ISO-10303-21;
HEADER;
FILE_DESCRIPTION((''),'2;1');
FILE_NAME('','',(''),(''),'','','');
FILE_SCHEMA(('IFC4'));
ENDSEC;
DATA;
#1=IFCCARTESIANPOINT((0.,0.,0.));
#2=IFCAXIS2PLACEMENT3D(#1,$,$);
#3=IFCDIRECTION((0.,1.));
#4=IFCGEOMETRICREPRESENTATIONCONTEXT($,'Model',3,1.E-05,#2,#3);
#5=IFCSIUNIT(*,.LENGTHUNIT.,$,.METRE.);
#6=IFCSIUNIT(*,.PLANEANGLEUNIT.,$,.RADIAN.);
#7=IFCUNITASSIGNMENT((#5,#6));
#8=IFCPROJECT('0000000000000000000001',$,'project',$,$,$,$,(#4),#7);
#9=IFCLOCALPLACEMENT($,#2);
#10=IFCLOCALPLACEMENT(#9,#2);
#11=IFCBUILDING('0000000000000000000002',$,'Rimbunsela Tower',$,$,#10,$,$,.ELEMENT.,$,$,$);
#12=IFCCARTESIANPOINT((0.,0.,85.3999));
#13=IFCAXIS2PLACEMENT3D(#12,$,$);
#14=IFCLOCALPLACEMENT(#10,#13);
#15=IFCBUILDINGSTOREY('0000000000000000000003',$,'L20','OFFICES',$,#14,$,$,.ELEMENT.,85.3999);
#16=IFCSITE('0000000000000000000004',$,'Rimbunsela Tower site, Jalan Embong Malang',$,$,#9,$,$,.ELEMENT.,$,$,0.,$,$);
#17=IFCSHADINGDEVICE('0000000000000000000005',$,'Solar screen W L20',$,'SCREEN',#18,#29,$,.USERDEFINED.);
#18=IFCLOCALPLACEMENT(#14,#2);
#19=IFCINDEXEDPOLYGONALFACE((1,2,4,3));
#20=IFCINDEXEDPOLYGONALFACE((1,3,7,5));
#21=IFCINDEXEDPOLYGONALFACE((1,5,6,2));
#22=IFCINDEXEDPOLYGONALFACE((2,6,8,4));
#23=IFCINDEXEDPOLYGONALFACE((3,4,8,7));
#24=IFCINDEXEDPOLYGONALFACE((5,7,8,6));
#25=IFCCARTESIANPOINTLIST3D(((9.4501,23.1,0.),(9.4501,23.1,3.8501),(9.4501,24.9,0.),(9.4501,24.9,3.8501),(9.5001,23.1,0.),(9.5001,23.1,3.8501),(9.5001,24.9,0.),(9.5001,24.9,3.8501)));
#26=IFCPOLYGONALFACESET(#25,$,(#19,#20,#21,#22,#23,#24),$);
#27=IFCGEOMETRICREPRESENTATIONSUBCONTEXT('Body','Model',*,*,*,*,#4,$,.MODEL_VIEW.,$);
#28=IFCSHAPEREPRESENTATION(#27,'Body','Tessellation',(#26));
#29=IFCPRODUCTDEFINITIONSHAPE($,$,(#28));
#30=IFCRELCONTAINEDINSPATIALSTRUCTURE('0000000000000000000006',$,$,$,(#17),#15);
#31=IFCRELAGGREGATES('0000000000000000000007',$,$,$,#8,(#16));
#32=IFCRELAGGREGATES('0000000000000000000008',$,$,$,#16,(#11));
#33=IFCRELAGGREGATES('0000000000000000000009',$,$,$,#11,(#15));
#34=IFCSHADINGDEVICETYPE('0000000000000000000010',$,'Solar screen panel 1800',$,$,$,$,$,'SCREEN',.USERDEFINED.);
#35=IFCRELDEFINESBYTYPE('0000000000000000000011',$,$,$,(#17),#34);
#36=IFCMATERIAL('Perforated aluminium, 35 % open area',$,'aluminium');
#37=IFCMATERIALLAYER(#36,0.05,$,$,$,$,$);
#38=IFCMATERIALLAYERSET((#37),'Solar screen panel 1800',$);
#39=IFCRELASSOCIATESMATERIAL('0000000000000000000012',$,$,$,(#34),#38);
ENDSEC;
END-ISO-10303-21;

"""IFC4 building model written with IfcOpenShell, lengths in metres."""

from ifc_helpers import new_model, si_unit, direction, frame, origin, origin_2d, place, context, subcontext, project, spatial, rectangle, extrude, material, layer, layer_set, type_object, element, save


model = new_model("IFC4")

# Units and contexts
model_context = context("Model", 3, precision=1e-05, world=origin(), true_north=direction((0.0, 1.0)))
body_context = subcontext(model_context, "Body", "Model", "MODEL_VIEW")
ifc_project = project(units=[si_unit("LENGTHUNIT", "METRE"), si_unit("PLANEANGLEUNIT", "RADIAN")], contexts=[model_context])

# Site, building, storey
site_placement = place(None, origin())
site = spatial("IfcSite", under=ifc_project, at=site_placement, Name="Rimbunsela Tower site, Jalan Embong Malang", CompositionType="ELEMENT", RefElevation=0.0)
building_placement = place(site_placement, origin())
building = spatial("IfcBuilding", under=site, at=building_placement, Name="Rimbunsela Tower", CompositionType="ELEMENT")
storey_placement = place(building_placement, frame((0.0, 0.0, 85.3999)))
storey = spatial("IfcBuildingStorey", under=building, at=storey_placement, Name="L20", Description="OFFICES", CompositionType="ELEMENT", Elevation=85.3999)

# Shading device
ifc_material_1 = material(Name="Perforated aluminium, 35 % open area", Category="aluminium")
ifc_layer_1 = layer(ifc_material_1, 0.05)
ifc_layer_set_1 = layer_set([ifc_layer_1], Name="Solar screen panel 1800")
shading_device_type = type_object("IfcShadingDeviceType", Name="Solar screen panel 1800", ElementType="SCREEN", PredefinedType="USERDEFINED", material=ifc_layer_set_1)
for number, where, z_axis, x_axis, name in (
    (1, (9.4751, 24.0, 0.0), (0.0, 0.0, 1.0), (0.0, 1.0, 0.0), "Solar screen W L20"),
):
    element("IfcShadingDevice", number, at=place(storey_placement, frame(where, z_axis=z_axis, x_axis=x_axis)), inside=storey, type_object=shading_device_type, Name=name, ObjectType="SCREEN", PredefinedType="USERDEFINED", context=body_context, shape_type="SweptSolid", body=[
        extrude(rectangle(XDim=1.8, YDim=0.05, at=origin_2d()), origin(), (0.0, 0.0, 1.0), 3.8501),
    ])

save(model, "model.ifc")
